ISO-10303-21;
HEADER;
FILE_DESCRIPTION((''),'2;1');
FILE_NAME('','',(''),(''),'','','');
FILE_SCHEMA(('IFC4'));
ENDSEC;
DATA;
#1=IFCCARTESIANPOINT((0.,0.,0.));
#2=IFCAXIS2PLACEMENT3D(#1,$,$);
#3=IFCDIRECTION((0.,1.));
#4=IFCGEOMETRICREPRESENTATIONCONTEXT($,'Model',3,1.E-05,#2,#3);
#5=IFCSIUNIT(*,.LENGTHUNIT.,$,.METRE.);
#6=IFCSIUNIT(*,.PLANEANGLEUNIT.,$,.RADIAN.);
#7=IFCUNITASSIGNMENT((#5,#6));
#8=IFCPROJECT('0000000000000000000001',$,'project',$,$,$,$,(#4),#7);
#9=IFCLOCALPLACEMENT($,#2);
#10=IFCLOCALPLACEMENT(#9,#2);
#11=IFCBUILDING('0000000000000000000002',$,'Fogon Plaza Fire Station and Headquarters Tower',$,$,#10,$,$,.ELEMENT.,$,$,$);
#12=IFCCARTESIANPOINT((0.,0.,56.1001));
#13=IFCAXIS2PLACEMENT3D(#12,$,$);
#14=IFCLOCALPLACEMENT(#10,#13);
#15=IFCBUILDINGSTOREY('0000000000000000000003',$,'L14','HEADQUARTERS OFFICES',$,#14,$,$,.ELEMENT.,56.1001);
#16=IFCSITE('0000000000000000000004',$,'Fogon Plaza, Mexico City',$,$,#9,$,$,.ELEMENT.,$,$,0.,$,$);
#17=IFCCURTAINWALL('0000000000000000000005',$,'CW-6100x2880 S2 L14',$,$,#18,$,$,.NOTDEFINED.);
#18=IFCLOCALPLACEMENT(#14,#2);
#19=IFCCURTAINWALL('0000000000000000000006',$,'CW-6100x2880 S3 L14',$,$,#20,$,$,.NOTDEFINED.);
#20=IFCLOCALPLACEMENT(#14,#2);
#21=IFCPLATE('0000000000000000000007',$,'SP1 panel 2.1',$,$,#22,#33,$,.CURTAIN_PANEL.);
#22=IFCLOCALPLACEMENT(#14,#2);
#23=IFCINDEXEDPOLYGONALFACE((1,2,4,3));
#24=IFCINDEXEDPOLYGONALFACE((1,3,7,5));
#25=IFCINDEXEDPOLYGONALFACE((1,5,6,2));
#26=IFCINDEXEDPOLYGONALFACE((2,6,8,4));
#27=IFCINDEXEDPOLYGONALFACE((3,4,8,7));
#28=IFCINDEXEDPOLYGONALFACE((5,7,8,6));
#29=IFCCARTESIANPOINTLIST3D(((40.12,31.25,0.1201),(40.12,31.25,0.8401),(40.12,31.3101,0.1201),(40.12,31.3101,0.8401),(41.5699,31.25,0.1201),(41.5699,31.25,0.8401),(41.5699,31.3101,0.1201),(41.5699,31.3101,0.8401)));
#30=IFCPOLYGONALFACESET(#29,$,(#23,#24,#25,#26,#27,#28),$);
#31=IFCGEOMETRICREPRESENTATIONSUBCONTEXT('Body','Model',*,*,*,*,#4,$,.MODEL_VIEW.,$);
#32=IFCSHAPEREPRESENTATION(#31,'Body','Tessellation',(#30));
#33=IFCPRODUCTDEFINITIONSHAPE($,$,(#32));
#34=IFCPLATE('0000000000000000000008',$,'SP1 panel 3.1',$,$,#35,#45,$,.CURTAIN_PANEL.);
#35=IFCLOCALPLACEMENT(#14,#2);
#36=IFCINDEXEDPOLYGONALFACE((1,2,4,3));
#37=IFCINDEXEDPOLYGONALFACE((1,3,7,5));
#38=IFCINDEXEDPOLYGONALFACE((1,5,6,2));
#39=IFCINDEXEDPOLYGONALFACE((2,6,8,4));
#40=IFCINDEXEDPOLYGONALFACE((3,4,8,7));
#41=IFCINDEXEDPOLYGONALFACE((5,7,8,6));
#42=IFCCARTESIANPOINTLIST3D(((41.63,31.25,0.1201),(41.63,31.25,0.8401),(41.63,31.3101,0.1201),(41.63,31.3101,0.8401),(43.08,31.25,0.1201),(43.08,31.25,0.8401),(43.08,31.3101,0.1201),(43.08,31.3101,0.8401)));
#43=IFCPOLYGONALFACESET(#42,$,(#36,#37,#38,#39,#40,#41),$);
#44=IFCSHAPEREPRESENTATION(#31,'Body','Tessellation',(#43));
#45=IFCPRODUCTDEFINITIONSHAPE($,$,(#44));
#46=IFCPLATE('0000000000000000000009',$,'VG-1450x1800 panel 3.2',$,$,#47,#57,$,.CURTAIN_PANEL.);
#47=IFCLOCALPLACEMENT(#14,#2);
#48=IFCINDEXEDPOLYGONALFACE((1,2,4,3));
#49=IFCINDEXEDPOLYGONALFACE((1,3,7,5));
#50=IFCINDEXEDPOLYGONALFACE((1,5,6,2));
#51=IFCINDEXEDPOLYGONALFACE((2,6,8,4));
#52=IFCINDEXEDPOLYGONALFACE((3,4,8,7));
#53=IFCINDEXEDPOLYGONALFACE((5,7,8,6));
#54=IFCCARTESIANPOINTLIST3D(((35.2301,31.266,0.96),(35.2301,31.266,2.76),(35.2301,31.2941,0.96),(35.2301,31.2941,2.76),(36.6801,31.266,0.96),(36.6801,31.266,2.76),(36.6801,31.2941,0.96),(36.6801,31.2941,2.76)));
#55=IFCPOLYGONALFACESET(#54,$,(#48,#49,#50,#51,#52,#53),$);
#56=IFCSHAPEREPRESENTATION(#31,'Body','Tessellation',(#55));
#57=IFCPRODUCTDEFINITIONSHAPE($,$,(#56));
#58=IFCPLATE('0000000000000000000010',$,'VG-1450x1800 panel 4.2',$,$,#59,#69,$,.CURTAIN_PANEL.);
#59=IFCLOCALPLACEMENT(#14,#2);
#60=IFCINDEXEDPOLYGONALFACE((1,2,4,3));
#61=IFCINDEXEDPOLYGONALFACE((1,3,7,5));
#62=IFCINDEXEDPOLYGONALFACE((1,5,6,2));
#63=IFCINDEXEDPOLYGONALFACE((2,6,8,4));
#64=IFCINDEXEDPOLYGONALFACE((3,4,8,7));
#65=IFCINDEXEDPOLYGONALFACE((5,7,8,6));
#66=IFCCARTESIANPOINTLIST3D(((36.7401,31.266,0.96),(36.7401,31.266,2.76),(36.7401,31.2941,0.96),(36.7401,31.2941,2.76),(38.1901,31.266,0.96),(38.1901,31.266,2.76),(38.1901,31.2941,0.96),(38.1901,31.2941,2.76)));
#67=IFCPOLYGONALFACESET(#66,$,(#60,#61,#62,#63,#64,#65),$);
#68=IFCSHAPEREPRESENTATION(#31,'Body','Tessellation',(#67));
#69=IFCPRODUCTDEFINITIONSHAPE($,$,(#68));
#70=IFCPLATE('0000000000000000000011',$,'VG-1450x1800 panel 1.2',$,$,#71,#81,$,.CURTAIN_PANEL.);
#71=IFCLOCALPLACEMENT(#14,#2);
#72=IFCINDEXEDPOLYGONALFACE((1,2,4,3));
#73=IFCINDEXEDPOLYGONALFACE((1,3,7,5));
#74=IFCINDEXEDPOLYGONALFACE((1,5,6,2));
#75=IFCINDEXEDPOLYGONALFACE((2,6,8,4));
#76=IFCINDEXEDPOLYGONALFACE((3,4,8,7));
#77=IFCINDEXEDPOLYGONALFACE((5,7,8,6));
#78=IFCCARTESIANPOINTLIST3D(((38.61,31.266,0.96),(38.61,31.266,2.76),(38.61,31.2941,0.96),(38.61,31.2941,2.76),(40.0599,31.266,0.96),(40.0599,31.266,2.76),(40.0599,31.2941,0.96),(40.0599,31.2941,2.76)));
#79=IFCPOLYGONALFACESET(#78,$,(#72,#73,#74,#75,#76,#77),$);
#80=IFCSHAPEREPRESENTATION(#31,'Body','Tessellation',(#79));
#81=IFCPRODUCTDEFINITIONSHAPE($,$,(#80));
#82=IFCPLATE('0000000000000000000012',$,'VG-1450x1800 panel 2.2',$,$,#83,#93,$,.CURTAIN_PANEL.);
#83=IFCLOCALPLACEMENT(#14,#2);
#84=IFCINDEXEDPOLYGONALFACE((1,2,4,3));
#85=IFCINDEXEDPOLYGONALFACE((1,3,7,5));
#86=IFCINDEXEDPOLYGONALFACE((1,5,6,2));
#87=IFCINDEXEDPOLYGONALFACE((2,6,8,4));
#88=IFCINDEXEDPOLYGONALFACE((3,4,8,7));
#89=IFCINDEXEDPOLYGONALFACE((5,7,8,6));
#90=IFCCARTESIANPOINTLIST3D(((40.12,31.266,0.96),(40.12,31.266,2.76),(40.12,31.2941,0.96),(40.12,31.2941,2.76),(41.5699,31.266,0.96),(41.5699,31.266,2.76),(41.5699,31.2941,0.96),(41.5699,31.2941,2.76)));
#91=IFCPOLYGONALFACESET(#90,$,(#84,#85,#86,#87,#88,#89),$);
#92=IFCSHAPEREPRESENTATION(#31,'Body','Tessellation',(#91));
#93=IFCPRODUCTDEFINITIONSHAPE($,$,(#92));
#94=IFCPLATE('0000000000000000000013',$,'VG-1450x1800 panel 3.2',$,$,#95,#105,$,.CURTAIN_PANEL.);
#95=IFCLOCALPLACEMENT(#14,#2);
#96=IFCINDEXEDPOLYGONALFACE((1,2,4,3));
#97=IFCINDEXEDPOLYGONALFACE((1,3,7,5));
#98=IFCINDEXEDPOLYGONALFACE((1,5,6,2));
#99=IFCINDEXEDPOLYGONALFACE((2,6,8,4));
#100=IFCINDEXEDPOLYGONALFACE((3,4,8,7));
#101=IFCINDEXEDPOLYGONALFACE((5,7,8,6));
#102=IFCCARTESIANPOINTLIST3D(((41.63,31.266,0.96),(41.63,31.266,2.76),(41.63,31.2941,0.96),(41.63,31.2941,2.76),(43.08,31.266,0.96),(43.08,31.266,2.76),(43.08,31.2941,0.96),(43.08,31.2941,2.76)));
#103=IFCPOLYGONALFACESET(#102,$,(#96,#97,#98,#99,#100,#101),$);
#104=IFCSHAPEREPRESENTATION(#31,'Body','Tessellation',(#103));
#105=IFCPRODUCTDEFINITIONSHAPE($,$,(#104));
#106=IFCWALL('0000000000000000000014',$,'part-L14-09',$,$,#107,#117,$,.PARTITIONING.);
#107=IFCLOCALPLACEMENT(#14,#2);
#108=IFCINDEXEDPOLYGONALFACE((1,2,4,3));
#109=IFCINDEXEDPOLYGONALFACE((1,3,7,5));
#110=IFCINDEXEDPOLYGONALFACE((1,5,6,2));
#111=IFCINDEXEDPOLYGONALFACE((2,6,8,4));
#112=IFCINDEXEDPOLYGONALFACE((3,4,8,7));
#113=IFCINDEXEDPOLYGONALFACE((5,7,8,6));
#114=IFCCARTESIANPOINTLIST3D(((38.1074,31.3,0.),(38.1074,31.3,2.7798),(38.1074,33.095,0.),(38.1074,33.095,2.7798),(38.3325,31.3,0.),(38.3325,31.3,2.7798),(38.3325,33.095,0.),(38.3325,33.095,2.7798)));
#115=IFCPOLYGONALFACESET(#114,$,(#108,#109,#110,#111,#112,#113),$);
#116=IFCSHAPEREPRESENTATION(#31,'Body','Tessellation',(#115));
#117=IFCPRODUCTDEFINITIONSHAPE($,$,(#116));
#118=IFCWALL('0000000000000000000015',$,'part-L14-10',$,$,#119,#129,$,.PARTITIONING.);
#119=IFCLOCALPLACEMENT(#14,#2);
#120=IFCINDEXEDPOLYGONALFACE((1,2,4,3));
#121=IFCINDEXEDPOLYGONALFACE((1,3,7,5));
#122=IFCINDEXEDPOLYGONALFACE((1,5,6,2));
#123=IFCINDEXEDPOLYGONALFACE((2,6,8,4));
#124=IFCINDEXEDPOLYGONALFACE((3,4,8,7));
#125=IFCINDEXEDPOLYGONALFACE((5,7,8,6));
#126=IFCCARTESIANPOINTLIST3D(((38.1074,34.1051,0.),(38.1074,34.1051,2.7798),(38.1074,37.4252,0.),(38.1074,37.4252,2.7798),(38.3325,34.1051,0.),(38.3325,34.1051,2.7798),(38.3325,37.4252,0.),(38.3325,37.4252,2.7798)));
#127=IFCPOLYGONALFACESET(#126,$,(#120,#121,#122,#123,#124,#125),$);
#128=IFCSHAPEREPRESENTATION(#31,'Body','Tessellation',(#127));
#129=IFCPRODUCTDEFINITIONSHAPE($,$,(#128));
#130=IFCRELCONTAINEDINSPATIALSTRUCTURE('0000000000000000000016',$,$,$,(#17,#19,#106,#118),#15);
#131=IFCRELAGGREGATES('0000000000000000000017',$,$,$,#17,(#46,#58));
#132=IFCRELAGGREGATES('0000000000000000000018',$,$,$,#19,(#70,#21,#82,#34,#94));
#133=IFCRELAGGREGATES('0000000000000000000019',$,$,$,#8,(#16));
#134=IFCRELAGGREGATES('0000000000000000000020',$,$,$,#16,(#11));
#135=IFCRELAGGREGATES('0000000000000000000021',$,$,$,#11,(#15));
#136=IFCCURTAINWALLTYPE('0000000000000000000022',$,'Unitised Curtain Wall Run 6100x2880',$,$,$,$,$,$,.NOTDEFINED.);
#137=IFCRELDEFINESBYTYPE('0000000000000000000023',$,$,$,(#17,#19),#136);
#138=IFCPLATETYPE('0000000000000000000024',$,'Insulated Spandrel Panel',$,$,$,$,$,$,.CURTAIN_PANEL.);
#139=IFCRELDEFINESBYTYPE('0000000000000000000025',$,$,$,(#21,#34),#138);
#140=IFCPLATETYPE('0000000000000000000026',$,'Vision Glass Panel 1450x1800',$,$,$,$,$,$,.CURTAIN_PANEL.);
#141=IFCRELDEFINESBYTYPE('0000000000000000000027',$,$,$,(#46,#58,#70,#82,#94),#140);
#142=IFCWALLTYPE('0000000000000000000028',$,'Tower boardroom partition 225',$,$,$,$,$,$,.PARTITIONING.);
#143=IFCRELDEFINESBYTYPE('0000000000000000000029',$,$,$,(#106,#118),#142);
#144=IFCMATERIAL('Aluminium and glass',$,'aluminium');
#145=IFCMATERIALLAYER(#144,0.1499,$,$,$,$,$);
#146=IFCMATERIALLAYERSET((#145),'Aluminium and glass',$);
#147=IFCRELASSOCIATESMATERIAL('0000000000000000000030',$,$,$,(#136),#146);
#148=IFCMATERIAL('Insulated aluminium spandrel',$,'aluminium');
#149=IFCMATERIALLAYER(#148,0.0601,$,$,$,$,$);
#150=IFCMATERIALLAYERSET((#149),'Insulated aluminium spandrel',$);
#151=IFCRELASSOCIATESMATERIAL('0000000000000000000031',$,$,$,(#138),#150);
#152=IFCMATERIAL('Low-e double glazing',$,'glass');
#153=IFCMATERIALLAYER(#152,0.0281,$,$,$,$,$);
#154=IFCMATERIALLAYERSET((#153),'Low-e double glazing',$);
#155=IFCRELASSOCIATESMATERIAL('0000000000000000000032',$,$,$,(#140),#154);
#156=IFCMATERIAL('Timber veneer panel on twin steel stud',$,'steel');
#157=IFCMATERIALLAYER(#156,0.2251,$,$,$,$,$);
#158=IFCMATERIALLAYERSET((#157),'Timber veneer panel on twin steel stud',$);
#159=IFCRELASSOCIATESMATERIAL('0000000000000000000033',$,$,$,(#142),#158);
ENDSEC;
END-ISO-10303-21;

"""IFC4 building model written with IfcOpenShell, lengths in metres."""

from ifc_helpers import new_model, si_unit, direction, frame, frame_2d, origin, origin_2d, place, context, subcontext, project, spatial, rectangle, extrude, material, layer, layer_set, type_object, element, aggregate, save


model = new_model("IFC4")

# Units and contexts
model_context = context("Model", 3, precision=1e-05, world=origin(), true_north=direction((0.0, 1.0)))
body_context = subcontext(model_context, "Body", "Model", "MODEL_VIEW")
ifc_project = project(units=[si_unit("LENGTHUNIT", "METRE"), si_unit("PLANEANGLEUNIT", "RADIAN")], contexts=[model_context])

# Site, building, storey
site_placement = place(None, origin())
site = spatial("IfcSite", under=ifc_project, at=site_placement, Name="Fogon Plaza, Mexico City", CompositionType="ELEMENT", RefElevation=0.0)
building_placement = place(site_placement, origin())
building = spatial("IfcBuilding", under=site, at=building_placement, Name="Fogon Plaza Fire Station and Headquarters Tower", CompositionType="ELEMENT")
storey_placement = place(building_placement, frame((0.0, 0.0, 56.1001)))
storey = spatial("IfcBuildingStorey", under=building, at=storey_placement, Name="L14", Description="HEADQUARTERS OFFICES", CompositionType="ELEMENT", Elevation=56.1001)

# Curtain walls
ifc_material_1 = material(Name="Aluminium and glass", Category="aluminium")
ifc_layer_1 = layer(ifc_material_1, 0.1499)
ifc_layer_set_1 = layer_set([ifc_layer_1], Name="Aluminium and glass")
curtain_wall_type = type_object("IfcCurtainWallType", Name="Unitised Curtain Wall Run 6100x2880", PredefinedType="NOTDEFINED", material=ifc_layer_set_1)
curtain_wall_1_placement = place(storey_placement, origin())
curtain_wall_1 = element("IfcCurtainWall", 1, at=curtain_wall_1_placement, inside=storey, type_object=curtain_wall_type, Name="CW-6100x2880 S2 L14", PredefinedType="NOTDEFINED")
curtain_wall_2_placement = place(storey_placement, origin())
curtain_wall_2 = element("IfcCurtainWall", 2, at=curtain_wall_2_placement, inside=storey, type_object=curtain_wall_type, Name="CW-6100x2880 S3 L14", PredefinedType="NOTDEFINED")

# Plates
ifc_material_2 = material(Name="Insulated aluminium spandrel", Category="aluminium")
ifc_layer_2 = layer(ifc_material_2, 0.0601)
ifc_layer_set_2 = layer_set([ifc_layer_2], Name="Insulated aluminium spandrel")
plate_type_1 = type_object("IfcPlateType", Name="Insulated Spandrel Panel", PredefinedType="CURTAIN_PANEL", material=ifc_layer_set_2)
plate_1_placement = place(storey_placement, frame((40.845, 31.28, 0.1201), z_axis=(0.0, 0.0, 1.0), x_axis=(1.0, 0.0, 0.0)))
plate_1 = element("IfcPlate", 3, at=plate_1_placement, type_object=plate_type_1, Name="SP1 panel 2.1", PredefinedType="CURTAIN_PANEL", context=body_context, shape_type="SweptSolid", body=[
    extrude(rectangle(XDim=1.45, YDim=0.0601, at=origin_2d()), origin(), (0.0, 0.0, 1.0), 0.72),
])
plate_2_placement = place(storey_placement, frame((42.355, 31.28, 0.1201), z_axis=(0.0, 0.0, 1.0), x_axis=(1.0, 0.0, 0.0)))
plate_2 = element("IfcPlate", 4, at=plate_2_placement, type_object=plate_type_1, Name="SP1 panel 3.1", PredefinedType="CURTAIN_PANEL", context=body_context, shape_type="SweptSolid", body=[
    extrude(rectangle(XDim=1.45, YDim=0.0601, at=origin_2d()), origin(), (0.0, 0.0, 1.0), 0.72),
])
ifc_material_3 = material(Name="Low-e double glazing", Category="glass")
ifc_layer_3 = layer(ifc_material_3, 0.0281)
ifc_layer_set_3 = layer_set([ifc_layer_3], Name="Low-e double glazing")
plate_type_2 = type_object("IfcPlateType", Name="Vision Glass Panel 1450x1800", PredefinedType="CURTAIN_PANEL", material=ifc_layer_set_3)
plate_3_placement = place(storey_placement, frame((35.9551, 31.28, 0.96), z_axis=(0.0, 0.0, 1.0), x_axis=(1.0, 0.0, 0.0)))
plate_3 = element("IfcPlate", 5, at=plate_3_placement, type_object=plate_type_2, Name="VG-1450x1800 panel 3.2", PredefinedType="CURTAIN_PANEL", context=body_context, shape_type="SweptSolid", body=[
    extrude(rectangle(XDim=1.45, YDim=0.0281, at=origin_2d()), origin(), (0.0, 0.0, 1.0), 1.8),
])
plate_4_placement = place(storey_placement, frame((37.4651, 31.28, 0.96), z_axis=(0.0, 0.0, 1.0), x_axis=(1.0, 0.0, 0.0)))
plate_4 = element("IfcPlate", 6, at=plate_4_placement, type_object=plate_type_2, Name="VG-1450x1800 panel 4.2", PredefinedType="CURTAIN_PANEL", context=body_context, shape_type="SweptSolid", body=[
    extrude(rectangle(XDim=1.45, YDim=0.0281, at=origin_2d()), origin(), (0.0, 0.0, 1.0), 1.8),
])
aggregate(curtain_wall_1, [plate_3, plate_4])
plate_5_placement = place(storey_placement, frame((39.335, 31.28, 0.96), z_axis=(0.0, 0.0, 1.0), x_axis=(1.0, 0.0, 0.0)))
plate_5 = element("IfcPlate", 7, at=plate_5_placement, type_object=plate_type_2, Name="VG-1450x1800 panel 1.2", PredefinedType="CURTAIN_PANEL", context=body_context, shape_type="SweptSolid", body=[
    extrude(rectangle(XDim=1.45, YDim=0.0281, at=origin_2d()), origin(), (0.0, 0.0, 1.0), 1.8),
])
plate_6_placement = place(storey_placement, frame((40.845, 31.28, 0.96), z_axis=(0.0, 0.0, 1.0), x_axis=(1.0, 0.0, 0.0)))
plate_6 = element("IfcPlate", 8, at=plate_6_placement, type_object=plate_type_2, Name="VG-1450x1800 panel 2.2", PredefinedType="CURTAIN_PANEL", context=body_context, shape_type="SweptSolid", body=[
    extrude(rectangle(XDim=1.45, YDim=0.0281, at=origin_2d()), origin(), (0.0, 0.0, 1.0), 1.8),
])
plate_7_placement = place(storey_placement, frame((42.355, 31.28, 0.96), z_axis=(0.0, 0.0, 1.0), x_axis=(1.0, 0.0, 0.0)))
plate_7 = element("IfcPlate", 9, at=plate_7_placement, type_object=plate_type_2, Name="VG-1450x1800 panel 3.2", PredefinedType="CURTAIN_PANEL", context=body_context, shape_type="SweptSolid", body=[
    extrude(rectangle(XDim=1.45, YDim=0.0281, at=origin_2d()), origin(), (0.0, 0.0, 1.0), 1.8),
])
aggregate(curtain_wall_2, [plate_5, plate_1, plate_6, plate_2, plate_7])

# Walls
ifc_material_4 = material(Name="Timber veneer panel on twin steel stud", Category="steel")
ifc_layer_4 = layer(ifc_material_4, 0.2251)
ifc_layer_set_4 = layer_set([ifc_layer_4], Name="Timber veneer panel on twin steel stud")
wall_type = type_object("IfcWallType", Name="Tower boardroom partition 225", PredefinedType="PARTITIONING", material=ifc_layer_set_4)
wall_1_placement = place(storey_placement, frame((38.22, 31.3, 0.0), z_axis=(0.0, 0.0, 1.0), x_axis=(0.0, 1.0, 0.0)))
element("IfcWall", 10, at=wall_1_placement, inside=storey, type_object=wall_type, Name="part-L14-09", PredefinedType="PARTITIONING", context=body_context, shape_type="SweptSolid", body=[
    extrude(rectangle(XDim=1.7949, YDim=0.2251, at=frame_2d((0.8975, 0.0))), origin(), (0.0, 0.0, 1.0), 2.7798),
])
wall_2_placement = place(storey_placement, frame((38.22, 34.105, 0.0), z_axis=(0.0, 0.0, 1.0), x_axis=(0.0, 1.0, 0.0)))
element("IfcWall", 11, at=wall_2_placement, inside=storey, type_object=wall_type, Name="part-L14-10", PredefinedType="PARTITIONING", context=body_context, shape_type="SweptSolid", body=[
    extrude(rectangle(XDim=3.3201, YDim=0.2251, at=frame_2d((1.6602, 0.0))), origin(), (0.0, 0.0, 1.0), 2.7798),
])

save(model, "model.ifc")
